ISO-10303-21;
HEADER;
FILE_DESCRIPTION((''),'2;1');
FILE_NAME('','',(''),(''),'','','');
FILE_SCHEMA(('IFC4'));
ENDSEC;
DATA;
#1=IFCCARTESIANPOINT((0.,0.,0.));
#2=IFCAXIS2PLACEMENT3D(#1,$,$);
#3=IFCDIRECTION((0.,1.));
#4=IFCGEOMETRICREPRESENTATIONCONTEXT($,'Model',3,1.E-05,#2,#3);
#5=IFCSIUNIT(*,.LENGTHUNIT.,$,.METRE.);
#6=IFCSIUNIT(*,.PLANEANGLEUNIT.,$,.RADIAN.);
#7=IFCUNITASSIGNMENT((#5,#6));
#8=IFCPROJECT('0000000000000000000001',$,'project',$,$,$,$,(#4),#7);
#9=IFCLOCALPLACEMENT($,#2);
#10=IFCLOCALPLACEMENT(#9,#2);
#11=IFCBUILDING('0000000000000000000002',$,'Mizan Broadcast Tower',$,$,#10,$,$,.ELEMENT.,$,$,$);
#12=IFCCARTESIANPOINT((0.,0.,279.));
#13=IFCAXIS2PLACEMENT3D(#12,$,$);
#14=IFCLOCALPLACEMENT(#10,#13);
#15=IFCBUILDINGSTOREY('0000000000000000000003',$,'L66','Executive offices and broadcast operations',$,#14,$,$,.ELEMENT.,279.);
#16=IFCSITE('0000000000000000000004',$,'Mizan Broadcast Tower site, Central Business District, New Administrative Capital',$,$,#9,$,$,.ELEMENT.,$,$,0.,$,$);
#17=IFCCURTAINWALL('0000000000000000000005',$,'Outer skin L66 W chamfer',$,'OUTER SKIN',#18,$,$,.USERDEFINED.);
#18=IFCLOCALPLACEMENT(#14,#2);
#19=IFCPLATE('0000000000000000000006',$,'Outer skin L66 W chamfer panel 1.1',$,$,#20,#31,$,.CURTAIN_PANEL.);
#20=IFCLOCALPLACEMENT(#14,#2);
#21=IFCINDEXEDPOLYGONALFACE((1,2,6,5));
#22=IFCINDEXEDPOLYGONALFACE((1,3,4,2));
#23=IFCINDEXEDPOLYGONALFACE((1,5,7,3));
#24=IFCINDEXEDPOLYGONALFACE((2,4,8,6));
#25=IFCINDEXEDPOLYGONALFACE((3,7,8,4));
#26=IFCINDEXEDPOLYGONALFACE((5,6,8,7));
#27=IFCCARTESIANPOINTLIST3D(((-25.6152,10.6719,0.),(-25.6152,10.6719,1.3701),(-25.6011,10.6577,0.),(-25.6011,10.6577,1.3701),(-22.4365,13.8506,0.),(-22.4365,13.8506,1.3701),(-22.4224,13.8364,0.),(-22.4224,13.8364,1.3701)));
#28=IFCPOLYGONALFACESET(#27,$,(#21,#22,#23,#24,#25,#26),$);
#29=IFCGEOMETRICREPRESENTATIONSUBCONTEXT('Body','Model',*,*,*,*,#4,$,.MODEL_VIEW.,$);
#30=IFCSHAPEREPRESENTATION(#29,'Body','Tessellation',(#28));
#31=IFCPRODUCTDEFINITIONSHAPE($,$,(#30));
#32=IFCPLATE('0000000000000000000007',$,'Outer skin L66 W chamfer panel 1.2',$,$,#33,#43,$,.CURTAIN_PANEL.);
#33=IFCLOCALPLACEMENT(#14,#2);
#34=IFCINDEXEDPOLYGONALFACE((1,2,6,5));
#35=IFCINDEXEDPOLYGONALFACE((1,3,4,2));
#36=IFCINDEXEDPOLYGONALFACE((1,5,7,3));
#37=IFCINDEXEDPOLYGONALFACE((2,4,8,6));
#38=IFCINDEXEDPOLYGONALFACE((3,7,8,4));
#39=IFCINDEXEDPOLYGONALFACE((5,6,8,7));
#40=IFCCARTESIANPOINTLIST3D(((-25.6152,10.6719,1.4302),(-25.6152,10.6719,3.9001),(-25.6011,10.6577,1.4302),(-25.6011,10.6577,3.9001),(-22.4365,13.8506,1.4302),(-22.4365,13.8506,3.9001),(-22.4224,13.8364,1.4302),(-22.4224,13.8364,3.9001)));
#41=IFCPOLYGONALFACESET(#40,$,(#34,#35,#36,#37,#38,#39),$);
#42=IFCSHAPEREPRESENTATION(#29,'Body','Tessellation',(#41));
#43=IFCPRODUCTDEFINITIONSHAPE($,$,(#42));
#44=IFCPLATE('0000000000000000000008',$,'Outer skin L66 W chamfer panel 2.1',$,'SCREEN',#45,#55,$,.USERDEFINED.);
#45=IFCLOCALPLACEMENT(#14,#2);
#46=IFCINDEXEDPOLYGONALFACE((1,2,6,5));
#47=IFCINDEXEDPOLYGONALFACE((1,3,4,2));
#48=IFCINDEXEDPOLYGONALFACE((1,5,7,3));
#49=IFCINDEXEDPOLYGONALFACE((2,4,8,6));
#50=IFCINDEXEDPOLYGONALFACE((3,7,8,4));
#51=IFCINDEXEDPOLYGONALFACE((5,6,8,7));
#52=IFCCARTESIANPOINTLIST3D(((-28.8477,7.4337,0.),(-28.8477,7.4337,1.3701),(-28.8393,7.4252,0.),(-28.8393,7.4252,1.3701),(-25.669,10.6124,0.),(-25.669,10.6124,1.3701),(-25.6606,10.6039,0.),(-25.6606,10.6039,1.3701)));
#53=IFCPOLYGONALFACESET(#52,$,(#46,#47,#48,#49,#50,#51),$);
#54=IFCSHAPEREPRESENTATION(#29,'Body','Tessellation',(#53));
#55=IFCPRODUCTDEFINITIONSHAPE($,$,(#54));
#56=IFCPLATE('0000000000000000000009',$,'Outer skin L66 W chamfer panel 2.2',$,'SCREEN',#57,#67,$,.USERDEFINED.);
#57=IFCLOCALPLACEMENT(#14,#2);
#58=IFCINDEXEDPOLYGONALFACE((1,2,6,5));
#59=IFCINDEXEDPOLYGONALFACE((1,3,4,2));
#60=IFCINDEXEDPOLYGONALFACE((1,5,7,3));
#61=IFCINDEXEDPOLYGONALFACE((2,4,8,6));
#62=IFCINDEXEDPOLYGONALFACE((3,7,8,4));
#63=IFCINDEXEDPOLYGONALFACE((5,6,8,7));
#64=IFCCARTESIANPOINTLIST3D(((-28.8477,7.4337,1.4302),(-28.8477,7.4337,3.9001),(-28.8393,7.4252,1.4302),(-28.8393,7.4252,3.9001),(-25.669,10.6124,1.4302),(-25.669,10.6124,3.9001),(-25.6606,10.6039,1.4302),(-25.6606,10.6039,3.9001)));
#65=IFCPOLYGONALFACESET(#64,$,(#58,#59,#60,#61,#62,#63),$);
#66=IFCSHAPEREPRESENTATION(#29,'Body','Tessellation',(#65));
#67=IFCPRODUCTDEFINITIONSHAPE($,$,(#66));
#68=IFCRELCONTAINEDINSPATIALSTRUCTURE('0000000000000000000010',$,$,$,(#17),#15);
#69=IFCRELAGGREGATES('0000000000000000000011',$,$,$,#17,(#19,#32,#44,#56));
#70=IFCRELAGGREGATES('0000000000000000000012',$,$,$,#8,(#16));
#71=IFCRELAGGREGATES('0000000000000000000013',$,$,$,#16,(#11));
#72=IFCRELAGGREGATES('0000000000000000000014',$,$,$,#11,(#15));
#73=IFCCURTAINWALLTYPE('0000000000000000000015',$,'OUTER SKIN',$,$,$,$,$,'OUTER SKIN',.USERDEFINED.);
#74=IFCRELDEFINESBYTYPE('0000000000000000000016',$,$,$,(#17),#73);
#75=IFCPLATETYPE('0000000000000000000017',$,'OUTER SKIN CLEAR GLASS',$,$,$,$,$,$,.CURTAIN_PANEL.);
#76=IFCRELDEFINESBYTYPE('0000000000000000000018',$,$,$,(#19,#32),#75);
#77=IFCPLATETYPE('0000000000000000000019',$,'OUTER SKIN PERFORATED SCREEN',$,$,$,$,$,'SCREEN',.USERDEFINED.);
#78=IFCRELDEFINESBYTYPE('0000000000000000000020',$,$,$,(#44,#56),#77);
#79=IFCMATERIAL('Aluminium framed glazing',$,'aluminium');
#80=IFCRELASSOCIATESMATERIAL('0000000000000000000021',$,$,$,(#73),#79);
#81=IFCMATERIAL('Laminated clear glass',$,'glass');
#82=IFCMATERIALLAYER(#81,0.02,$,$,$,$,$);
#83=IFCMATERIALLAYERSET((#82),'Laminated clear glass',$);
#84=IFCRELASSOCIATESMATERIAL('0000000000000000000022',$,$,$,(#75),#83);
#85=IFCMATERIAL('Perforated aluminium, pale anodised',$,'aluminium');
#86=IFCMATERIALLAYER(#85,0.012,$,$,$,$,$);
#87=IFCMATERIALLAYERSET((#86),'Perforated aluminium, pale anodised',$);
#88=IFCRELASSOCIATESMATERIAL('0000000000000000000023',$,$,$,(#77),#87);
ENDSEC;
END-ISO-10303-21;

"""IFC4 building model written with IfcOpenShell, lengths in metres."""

from ifc_helpers import new_model, si_unit, direction, frame, origin, origin_2d, place, context, subcontext, project, spatial, rectangle, extrude, material, layer, layer_set, type_object, element, aggregate, save


model = new_model("IFC4")

# Units and contexts
model_context = context("Model", 3, precision=1e-05, world=origin(), true_north=direction((0.0, 1.0)))
body_context = subcontext(model_context, "Body", "Model", "MODEL_VIEW")
ifc_project = project(units=[si_unit("LENGTHUNIT", "METRE"), si_unit("PLANEANGLEUNIT", "RADIAN")], contexts=[model_context])

# Site, building, storey
site_placement = place(None, origin())
site = spatial("IfcSite", under=ifc_project, at=site_placement, Name="Mizan Broadcast Tower site, Central Business District, New Administrative Capital", CompositionType="ELEMENT", RefElevation=0.0)
building_placement = place(site_placement, origin())
building = spatial("IfcBuilding", under=site, at=building_placement, Name="Mizan Broadcast Tower", CompositionType="ELEMENT")
storey_placement = place(building_placement, frame((0.0, 0.0, 279.0)))
storey = spatial("IfcBuildingStorey", under=building, at=storey_placement, Name="L66", Description="Executive offices and broadcast operations", CompositionType="ELEMENT", Elevation=279.0)

# Shared definitions
ifc_material_1 = material(Name="Aluminium framed glazing", Category="aluminium")
curtain_wall_type_1 = type_object("IfcCurtainWallType", Name="OUTER SKIN", ElementType="OUTER SKIN", PredefinedType="USERDEFINED", material=ifc_material_1)

# Curtain wall
curtain_wall_1_placement = place(storey_placement, origin())
curtain_wall_1 = element("IfcCurtainWall", 1, at=curtain_wall_1_placement, inside=storey, type_object=curtain_wall_type_1, Name="Outer skin L66 W chamfer", ObjectType="OUTER SKIN", PredefinedType="USERDEFINED")

# Plates
ifc_material_2 = material(Name="Laminated clear glass", Category="glass")
ifc_layer_1 = layer(ifc_material_2, 0.02)
ifc_layer_set_1 = layer_set([ifc_layer_1], Name="Laminated clear glass")
plate_type_1 = type_object("IfcPlateType", Name="OUTER SKIN CLEAR GLASS", PredefinedType="CURTAIN_PANEL", material=ifc_layer_set_1)
plate_1_placement = place(storey_placement, frame((-24.0188, 12.2542, 0.0), z_axis=(0.0, 0.0, 1.0), x_axis=(-0.707107, -0.707107, 0.0)))
plate_1 = element("IfcPlate", 2, at=plate_1_placement, type_object=plate_type_1, Name="Outer skin L66 W chamfer panel 1.1", PredefinedType="CURTAIN_PANEL", context=body_context, shape_type="SweptSolid", body=[
    extrude(rectangle(XDim=4.4954, YDim=0.02, at=origin_2d()), origin(), (0.0, 0.0, 1.0), 1.3701),
])
plate_2_placement = place(storey_placement, frame((-24.0188, 12.2542, 1.4302), z_axis=(0.0, 0.0, 1.0), x_axis=(-0.707107, -0.707107, 0.0)))
plate_2 = element("IfcPlate", 3, at=plate_2_placement, type_object=plate_type_1, Name="Outer skin L66 W chamfer panel 1.2", PredefinedType="CURTAIN_PANEL", context=body_context, shape_type="SweptSolid", body=[
    extrude(rectangle(XDim=4.4954, YDim=0.02, at=origin_2d()), origin(), (0.0, 0.0, 1.0), 2.47),
])
ifc_material_3 = material(Name="Perforated aluminium, pale anodised", Category="aluminium")
ifc_layer_2 = layer(ifc_material_3, 0.012)
ifc_layer_set_2 = layer_set([ifc_layer_2], Name="Perforated aluminium, pale anodised")
plate_type_2 = type_object("IfcPlateType", Name="OUTER SKIN PERFORATED SCREEN", ElementType="SCREEN", PredefinedType="USERDEFINED", material=ifc_layer_set_2)
plate_3_placement = place(storey_placement, frame((-27.2542, 9.0188, 0.0), z_axis=(0.0, 0.0, 1.0), x_axis=(-0.707107, -0.707107, 0.0)))
plate_3 = element("IfcPlate", 4, at=plate_3_placement, type_object=plate_type_2, Name="Outer skin L66 W chamfer panel 2.1", ObjectType="SCREEN", PredefinedType="USERDEFINED", context=body_context, shape_type="SweptSolid", body=[
    extrude(rectangle(XDim=4.4954, YDim=0.012, at=origin_2d()), origin(), (0.0, 0.0, 1.0), 1.3701),
])
plate_4_placement = place(storey_placement, frame((-27.2542, 9.0188, 1.4302), z_axis=(0.0, 0.0, 1.0), x_axis=(-0.707107, -0.707107, 0.0)))
plate_4 = element("IfcPlate", 5, at=plate_4_placement, type_object=plate_type_2, Name="Outer skin L66 W chamfer panel 2.2", ObjectType="SCREEN", PredefinedType="USERDEFINED", context=body_context, shape_type="SweptSolid", body=[
    extrude(rectangle(XDim=4.4954, YDim=0.012, at=origin_2d()), origin(), (0.0, 0.0, 1.0), 2.47),
])
aggregate(curtain_wall_1, [plate_1, plate_2, plate_3, plate_4])

save(model, "model.ifc")
